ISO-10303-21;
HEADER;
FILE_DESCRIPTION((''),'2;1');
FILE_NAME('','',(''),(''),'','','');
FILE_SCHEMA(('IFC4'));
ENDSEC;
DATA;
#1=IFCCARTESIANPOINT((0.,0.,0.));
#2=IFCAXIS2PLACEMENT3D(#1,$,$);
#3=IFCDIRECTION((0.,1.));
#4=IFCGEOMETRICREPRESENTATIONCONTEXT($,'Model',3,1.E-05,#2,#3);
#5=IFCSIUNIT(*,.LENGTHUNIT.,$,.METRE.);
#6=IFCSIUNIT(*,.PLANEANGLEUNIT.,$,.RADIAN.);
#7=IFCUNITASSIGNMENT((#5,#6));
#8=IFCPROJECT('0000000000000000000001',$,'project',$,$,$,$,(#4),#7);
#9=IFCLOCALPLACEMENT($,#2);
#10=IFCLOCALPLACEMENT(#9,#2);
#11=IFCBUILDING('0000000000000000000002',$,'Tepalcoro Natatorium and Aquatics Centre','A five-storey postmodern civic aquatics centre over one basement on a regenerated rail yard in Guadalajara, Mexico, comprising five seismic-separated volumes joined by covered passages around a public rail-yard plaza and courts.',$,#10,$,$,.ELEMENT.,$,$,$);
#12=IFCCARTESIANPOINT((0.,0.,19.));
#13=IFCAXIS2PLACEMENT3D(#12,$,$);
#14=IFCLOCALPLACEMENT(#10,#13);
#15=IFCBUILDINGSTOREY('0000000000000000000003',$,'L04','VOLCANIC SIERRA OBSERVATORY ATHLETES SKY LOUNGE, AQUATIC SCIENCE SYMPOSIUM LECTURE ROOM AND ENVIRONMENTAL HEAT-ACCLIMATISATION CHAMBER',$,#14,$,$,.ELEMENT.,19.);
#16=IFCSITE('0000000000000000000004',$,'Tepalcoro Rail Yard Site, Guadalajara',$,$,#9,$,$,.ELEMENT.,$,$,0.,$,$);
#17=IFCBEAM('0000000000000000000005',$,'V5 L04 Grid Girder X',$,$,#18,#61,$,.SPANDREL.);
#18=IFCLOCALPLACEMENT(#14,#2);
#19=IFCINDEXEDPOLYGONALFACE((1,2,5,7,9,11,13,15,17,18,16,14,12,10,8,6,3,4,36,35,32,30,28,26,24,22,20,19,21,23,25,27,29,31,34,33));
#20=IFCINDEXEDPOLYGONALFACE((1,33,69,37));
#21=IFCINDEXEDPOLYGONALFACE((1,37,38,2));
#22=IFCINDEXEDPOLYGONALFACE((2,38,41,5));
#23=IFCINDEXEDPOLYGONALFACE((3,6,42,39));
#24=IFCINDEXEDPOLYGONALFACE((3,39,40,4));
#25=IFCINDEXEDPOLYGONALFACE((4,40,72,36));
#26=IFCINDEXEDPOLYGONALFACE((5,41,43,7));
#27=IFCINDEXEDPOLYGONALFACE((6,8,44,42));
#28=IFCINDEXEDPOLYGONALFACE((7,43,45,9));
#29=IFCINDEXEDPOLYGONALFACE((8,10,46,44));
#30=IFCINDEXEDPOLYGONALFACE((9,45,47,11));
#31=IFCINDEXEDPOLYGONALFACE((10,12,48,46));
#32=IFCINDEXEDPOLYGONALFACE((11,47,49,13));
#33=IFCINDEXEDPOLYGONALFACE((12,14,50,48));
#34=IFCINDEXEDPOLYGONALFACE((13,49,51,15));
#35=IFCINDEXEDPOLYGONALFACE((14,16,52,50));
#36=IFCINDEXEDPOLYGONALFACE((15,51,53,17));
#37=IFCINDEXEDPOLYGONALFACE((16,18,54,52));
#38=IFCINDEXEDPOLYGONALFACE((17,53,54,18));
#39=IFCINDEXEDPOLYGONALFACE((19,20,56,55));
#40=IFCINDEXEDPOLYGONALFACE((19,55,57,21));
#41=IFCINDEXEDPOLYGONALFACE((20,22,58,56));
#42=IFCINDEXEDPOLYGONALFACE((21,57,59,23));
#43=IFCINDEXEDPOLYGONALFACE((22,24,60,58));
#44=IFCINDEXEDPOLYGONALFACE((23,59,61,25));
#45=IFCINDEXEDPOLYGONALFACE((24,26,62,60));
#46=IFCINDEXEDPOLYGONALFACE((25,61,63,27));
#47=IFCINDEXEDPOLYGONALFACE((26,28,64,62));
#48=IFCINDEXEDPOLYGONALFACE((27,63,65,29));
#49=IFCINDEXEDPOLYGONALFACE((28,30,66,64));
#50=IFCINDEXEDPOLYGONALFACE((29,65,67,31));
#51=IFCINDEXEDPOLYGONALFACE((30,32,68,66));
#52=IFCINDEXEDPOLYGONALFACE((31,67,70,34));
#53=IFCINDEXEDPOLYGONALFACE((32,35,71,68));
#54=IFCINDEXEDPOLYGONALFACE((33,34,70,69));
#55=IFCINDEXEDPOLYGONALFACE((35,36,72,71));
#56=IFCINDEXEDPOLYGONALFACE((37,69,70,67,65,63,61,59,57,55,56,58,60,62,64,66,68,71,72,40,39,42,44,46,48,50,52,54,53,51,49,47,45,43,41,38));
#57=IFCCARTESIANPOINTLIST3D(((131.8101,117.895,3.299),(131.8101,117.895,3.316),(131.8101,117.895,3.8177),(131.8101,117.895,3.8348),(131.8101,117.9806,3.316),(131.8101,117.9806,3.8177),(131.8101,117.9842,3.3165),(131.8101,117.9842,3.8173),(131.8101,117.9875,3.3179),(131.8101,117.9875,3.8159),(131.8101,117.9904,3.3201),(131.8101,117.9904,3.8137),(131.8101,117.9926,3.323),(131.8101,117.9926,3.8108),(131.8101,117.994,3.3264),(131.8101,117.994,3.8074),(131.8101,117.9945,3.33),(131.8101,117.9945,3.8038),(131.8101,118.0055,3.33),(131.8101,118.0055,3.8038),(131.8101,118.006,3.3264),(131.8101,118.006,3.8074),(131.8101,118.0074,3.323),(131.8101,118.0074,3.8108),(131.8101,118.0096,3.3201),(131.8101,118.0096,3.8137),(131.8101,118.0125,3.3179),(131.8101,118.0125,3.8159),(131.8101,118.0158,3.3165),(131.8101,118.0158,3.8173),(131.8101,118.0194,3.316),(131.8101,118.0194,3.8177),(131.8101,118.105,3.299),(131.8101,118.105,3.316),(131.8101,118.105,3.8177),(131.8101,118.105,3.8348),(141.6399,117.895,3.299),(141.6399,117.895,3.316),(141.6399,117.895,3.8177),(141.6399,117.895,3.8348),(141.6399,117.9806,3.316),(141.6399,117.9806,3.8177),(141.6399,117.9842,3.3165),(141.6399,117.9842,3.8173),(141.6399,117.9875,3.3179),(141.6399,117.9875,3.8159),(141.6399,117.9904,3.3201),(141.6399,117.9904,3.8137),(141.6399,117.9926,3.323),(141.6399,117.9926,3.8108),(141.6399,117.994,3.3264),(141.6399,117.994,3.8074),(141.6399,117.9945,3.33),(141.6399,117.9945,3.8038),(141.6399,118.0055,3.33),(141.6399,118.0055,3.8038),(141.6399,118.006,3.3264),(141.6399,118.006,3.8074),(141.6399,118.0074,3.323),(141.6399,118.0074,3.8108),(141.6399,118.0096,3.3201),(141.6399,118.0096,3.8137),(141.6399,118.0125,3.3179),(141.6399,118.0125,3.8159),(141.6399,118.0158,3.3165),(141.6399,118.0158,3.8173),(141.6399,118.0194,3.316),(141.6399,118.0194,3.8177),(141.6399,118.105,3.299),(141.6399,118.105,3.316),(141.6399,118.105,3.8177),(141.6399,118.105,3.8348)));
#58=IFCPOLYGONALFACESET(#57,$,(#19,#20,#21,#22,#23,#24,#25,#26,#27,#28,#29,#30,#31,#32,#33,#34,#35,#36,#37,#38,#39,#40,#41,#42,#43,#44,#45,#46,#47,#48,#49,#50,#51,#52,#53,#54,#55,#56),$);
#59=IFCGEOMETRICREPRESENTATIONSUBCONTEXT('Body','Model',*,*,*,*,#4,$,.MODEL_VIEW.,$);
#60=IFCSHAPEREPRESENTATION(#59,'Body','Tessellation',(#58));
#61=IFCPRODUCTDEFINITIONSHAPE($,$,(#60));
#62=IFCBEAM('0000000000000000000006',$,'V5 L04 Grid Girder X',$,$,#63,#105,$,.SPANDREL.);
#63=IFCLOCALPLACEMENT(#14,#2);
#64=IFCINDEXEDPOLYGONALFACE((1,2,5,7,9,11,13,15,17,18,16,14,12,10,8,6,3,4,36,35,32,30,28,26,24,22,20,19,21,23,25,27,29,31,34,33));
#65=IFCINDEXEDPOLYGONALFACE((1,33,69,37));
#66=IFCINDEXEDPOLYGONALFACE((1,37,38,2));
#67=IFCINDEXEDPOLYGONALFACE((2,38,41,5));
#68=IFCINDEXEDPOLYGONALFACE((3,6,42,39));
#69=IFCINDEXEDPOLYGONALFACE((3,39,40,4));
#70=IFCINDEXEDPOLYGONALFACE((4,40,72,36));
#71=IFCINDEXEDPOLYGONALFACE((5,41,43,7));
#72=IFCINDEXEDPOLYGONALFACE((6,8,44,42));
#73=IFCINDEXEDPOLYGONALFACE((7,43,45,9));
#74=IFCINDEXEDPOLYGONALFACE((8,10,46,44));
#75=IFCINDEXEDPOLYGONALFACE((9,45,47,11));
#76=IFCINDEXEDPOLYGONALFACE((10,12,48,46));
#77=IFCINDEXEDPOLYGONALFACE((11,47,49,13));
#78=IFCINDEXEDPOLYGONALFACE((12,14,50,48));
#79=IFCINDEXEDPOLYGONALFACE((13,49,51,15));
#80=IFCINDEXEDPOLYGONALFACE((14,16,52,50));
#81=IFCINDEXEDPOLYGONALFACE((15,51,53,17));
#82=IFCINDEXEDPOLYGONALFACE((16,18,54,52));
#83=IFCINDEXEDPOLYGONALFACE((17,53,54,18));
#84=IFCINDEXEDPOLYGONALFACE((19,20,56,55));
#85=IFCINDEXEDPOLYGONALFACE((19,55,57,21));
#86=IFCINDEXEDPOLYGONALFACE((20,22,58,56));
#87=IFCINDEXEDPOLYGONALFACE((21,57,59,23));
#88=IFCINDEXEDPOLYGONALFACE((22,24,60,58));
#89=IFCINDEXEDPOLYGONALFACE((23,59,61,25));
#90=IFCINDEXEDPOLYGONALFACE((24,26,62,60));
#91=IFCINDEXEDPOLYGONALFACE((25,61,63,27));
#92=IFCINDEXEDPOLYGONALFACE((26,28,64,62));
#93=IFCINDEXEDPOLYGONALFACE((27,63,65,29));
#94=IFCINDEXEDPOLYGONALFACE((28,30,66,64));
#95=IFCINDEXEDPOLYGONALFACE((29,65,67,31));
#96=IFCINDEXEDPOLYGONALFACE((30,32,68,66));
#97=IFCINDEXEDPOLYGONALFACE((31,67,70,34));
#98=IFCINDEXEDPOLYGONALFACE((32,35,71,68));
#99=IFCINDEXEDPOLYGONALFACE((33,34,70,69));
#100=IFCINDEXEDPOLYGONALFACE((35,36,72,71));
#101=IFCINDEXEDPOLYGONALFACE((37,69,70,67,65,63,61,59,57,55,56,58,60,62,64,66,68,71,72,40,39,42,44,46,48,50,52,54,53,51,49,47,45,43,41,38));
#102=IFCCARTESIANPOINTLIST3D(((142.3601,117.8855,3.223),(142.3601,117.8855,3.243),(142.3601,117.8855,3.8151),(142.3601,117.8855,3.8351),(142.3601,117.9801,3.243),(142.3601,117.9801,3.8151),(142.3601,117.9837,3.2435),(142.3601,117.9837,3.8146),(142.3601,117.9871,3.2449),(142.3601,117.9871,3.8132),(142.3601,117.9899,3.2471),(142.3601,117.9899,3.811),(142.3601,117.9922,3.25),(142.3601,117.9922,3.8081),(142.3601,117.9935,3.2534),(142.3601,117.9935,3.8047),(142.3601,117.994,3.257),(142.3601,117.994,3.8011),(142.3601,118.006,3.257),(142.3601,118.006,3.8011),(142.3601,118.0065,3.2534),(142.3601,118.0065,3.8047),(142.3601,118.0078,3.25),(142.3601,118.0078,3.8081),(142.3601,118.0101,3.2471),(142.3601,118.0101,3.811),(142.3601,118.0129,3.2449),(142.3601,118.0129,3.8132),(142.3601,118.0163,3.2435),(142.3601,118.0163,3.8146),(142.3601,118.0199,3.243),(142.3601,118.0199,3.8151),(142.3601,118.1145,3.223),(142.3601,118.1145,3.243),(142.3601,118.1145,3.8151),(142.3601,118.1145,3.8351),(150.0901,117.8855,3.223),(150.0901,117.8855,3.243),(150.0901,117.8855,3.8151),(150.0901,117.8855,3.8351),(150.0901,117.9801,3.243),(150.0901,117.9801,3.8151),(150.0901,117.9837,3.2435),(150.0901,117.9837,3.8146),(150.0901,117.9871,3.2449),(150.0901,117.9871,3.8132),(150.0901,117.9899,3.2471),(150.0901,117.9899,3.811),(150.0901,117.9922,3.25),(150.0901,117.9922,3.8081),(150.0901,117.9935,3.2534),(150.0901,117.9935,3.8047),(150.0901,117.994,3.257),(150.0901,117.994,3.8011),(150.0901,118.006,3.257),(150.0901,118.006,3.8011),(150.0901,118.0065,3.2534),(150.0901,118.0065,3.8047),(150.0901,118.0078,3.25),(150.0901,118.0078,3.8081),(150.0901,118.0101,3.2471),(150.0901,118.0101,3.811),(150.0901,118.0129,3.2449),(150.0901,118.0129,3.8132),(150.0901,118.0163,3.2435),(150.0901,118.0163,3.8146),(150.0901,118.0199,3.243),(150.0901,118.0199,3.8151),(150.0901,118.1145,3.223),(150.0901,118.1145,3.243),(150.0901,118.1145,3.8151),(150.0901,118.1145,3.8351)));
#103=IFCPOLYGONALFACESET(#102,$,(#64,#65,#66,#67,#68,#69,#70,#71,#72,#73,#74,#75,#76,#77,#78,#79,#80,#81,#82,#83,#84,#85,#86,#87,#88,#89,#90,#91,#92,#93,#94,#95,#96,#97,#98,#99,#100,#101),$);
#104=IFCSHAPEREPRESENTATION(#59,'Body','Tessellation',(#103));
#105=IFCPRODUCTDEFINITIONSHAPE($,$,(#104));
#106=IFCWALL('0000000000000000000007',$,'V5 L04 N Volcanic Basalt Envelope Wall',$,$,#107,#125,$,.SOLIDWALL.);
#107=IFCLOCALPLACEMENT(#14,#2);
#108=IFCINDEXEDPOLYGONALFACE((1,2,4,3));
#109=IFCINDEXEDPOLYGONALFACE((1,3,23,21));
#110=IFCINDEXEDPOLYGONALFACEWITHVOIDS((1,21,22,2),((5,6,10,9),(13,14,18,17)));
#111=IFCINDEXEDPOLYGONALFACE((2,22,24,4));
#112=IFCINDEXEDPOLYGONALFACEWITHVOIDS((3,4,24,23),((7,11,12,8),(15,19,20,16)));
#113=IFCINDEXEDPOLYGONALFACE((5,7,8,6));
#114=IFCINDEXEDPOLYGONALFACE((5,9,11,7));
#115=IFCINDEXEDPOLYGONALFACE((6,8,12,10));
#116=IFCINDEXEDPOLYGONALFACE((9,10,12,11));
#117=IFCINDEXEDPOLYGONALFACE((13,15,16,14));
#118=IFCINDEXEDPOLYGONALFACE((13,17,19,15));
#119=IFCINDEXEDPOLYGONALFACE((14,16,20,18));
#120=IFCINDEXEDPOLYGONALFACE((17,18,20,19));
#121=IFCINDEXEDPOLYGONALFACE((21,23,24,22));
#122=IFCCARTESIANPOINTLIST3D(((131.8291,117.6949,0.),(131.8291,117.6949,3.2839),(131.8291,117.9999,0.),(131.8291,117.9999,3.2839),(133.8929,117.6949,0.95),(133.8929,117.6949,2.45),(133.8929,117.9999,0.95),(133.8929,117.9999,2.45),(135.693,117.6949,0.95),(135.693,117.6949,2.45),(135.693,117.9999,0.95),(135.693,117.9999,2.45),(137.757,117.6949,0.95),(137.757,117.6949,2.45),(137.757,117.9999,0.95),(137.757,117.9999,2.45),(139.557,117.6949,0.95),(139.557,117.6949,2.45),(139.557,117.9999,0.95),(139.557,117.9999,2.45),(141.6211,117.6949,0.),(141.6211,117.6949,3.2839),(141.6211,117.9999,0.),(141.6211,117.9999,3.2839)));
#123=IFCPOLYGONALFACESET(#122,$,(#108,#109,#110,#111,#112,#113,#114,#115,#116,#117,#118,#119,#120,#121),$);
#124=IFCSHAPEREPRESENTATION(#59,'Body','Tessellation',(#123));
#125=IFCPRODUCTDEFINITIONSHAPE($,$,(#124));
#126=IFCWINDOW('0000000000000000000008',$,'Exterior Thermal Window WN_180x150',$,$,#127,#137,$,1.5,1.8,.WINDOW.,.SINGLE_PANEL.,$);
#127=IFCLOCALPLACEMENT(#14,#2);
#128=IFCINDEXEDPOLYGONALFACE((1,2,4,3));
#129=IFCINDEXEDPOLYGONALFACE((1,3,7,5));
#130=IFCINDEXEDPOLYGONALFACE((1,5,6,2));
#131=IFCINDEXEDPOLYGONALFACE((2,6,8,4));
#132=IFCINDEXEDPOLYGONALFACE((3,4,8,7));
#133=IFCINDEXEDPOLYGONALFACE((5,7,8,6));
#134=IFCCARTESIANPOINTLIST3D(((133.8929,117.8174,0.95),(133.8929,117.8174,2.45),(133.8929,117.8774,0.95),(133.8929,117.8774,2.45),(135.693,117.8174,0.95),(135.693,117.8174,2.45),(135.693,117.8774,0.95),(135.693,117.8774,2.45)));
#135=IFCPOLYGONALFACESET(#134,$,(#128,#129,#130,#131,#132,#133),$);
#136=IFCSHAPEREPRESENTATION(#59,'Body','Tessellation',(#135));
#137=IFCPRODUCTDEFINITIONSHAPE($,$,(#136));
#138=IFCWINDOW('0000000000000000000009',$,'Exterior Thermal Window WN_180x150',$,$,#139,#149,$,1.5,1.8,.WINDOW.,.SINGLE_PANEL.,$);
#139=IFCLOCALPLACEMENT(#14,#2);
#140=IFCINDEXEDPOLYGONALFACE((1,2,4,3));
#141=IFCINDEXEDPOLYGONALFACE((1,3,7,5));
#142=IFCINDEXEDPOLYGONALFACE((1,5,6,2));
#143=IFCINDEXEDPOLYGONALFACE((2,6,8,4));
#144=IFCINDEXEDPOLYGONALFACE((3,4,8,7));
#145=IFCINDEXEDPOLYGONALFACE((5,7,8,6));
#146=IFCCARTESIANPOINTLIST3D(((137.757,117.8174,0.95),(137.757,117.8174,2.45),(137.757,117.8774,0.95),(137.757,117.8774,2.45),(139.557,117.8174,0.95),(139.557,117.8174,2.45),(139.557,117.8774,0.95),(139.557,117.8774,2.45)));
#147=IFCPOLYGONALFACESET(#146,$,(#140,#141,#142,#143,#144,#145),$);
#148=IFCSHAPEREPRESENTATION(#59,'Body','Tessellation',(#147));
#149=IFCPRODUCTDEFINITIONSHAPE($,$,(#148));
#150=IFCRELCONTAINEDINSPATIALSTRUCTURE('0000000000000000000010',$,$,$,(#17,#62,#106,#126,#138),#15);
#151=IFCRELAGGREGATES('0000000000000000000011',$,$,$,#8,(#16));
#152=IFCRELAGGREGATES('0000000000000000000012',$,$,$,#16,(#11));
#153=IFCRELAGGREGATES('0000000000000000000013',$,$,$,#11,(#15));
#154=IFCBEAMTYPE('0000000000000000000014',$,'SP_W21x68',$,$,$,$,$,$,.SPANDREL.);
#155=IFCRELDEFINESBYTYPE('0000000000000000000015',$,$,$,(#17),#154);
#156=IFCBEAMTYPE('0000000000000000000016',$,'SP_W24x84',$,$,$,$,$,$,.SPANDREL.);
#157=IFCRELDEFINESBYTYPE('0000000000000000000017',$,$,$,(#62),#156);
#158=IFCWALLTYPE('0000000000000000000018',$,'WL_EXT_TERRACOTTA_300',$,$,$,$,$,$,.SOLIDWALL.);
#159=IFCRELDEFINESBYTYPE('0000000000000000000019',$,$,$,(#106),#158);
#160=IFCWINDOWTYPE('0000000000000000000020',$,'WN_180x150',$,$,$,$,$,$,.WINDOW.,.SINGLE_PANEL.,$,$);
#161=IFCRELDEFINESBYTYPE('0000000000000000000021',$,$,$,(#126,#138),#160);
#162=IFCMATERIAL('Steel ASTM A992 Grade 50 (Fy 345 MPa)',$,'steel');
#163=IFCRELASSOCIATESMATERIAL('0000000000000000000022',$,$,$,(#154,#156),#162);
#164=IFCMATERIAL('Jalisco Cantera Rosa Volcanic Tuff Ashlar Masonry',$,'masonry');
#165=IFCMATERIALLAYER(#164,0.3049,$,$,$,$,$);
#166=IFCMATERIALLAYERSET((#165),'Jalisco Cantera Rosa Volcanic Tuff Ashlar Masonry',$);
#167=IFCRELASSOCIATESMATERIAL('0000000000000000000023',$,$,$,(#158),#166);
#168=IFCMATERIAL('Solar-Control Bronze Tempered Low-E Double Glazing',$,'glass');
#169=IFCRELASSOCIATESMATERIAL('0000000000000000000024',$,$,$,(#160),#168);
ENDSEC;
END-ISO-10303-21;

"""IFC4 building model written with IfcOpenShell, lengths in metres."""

from ifc_helpers import new_model, si_unit, direction, frame, frame_2d, origin, origin_2d, place, context, subcontext, project, spatial, rectangle, i_section, extrude, material, layer, layer_set, material_profile, profile_set, type_object, element, fill, save


model = new_model("IFC4")

# Units and contexts
model_context = context("Model", 3, precision=1e-05, world=origin(), true_north=direction((0.0, 1.0)))
body_context = subcontext(model_context, "Body", "Model", "MODEL_VIEW")
ifc_project = project(units=[si_unit("LENGTHUNIT", "METRE"), si_unit("PLANEANGLEUNIT", "RADIAN")], contexts=[model_context])

# Site, building, storey
site_placement = place(None, origin())
site = spatial("IfcSite", under=ifc_project, at=site_placement, Name="Tepalcoro Rail Yard Site, Guadalajara", CompositionType="ELEMENT", RefElevation=0.0)
building_placement = place(site_placement, origin())
building = spatial("IfcBuilding", under=site, at=building_placement, Name="Tepalcoro Natatorium and Aquatics Centre", Description="A five-storey postmodern civic aquatics centre over one basement on a regenerated rail yard in Guadalajara, Mexico, comprising five seismic-separated volumes joined by covered passages around a public rail-yard plaza and courts.", CompositionType="ELEMENT")
storey_placement = place(building_placement, frame((0.0, 0.0, 19.0)))
storey = spatial("IfcBuildingStorey", under=building, at=storey_placement, Name="L04", Description="VOLCANIC SIERRA OBSERVATORY ATHLETES SKY LOUNGE, AQUATIC SCIENCE SYMPOSIUM LECTURE ROOM AND ENVIRONMENTAL HEAT-ACCLIMATISATION CHAMBER", CompositionType="ELEMENT", Elevation=19.0)

# Shared definitions
ifc_material_1 = material(Name="Steel ASTM A992 Grade 50 (Fy 345 MPa)", Category="steel")

# Beams
ifc_material_profile_1 = material_profile(ifc_material_1, i_section(OverallWidth=0.21, OverallDepth=0.5359, WebThickness=0.011, FlangeThickness=0.0171, FilletRadius=0.0139, at=origin_2d()), Name="W21X68")
ifc_profile_set_1 = profile_set([ifc_material_profile_1], Name="Steel ASTM A992 Grade 50 (Fy 345 MPa)")
beam_type_1 = type_object("IfcBeamType", Name="SP_W21x68", PredefinedType="SPANDREL", material=ifc_profile_set_1)
beam_1_placement = place(storey_placement, frame((131.8101, 118.0, 3.5669), z_axis=(1.0, 0.0, 0.0), x_axis=(0.0, 1.0, 0.0)))
element("IfcBeam", 1, at=beam_1_placement, inside=storey, type_object=beam_type_1, Name="V5 L04 Grid Girder X", PredefinedType="SPANDREL", context=body_context, shape_type="SweptSolid", body=[
    extrude(i_section(OverallWidth=0.21, OverallDepth=0.5359, WebThickness=0.011, FlangeThickness=0.0171, FilletRadius=0.0139, at=origin_2d()), origin(), (0.0, 0.0, 1.0), 9.8298),
])
ifc_material_profile_2 = material_profile(ifc_material_1, i_section(OverallWidth=0.229, OverallDepth=0.6121, WebThickness=0.012, FlangeThickness=0.02, FilletRadius=0.0139, at=origin_2d()), Name="W24X84")
ifc_profile_set_2 = profile_set([ifc_material_profile_2], Name="Steel ASTM A992 Grade 50 (Fy 345 MPa)")
beam_type_2 = type_object("IfcBeamType", Name="SP_W24x84", PredefinedType="SPANDREL", material=ifc_profile_set_2)
beam_2_placement = place(storey_placement, frame((142.3601, 118.0, 3.5291), z_axis=(1.0, 0.0, 0.0), x_axis=(0.0, 1.0, 0.0)))
element("IfcBeam", 2, at=beam_2_placement, inside=storey, type_object=beam_type_2, Name="V5 L04 Grid Girder X", PredefinedType="SPANDREL", context=body_context, shape_type="SweptSolid", body=[
    extrude(i_section(OverallWidth=0.229, OverallDepth=0.6121, WebThickness=0.012, FlangeThickness=0.02, FilletRadius=0.0139, at=origin_2d()), origin(), (0.0, 0.0, 1.0), 7.73),
])

# Wall, openings, windows
ifc_material_2 = material(Name="Jalisco Cantera Rosa Volcanic Tuff Ashlar Masonry", Category="masonry")
ifc_layer_1 = layer(ifc_material_2, 0.3049)
ifc_layer_set_1 = layer_set([ifc_layer_1], Name="Jalisco Cantera Rosa Volcanic Tuff Ashlar Masonry")
wall_type_1 = type_object("IfcWallType", Name="WL_EXT_TERRACOTTA_300", PredefinedType="SOLIDWALL", material=ifc_layer_set_1)
wall_1_placement = place(storey_placement, frame((131.8291, 117.8474, 0.0), z_axis=(0.0, 0.0, 1.0), x_axis=(1.0, 0.0, 0.0)))
wall_1 = element("IfcWall", 3, at=wall_1_placement, inside=storey, type_object=wall_type_1, Name="V5 L04 N Volcanic Basalt Envelope Wall", PredefinedType="SOLIDWALL", context=body_context, shape_type="SweptSolid", body=[
    extrude(rectangle(XDim=9.792, YDim=0.3049, at=frame_2d((4.896, 0.0))), origin(), (0.0, 0.0, 1.0), 3.2839),
])
opening_1_placement = place(wall_1_placement, frame((2.064, 0.0, 0.95)))
opening_1 = element("IfcOpeningElement", 4, at=opening_1_placement, cuts=wall_1, PredefinedType="OPENING", context=body_context, shape_type="SweptSolid", body=[
    extrude(rectangle(XDim=1.8, YDim=1.5, at=frame_2d((0.8999, 0.75))), frame((0.0, 0.1646, 0.0), z_axis=(0.0, -1.0, 0.0), x_axis=(1.0, 0.0, 0.0)), (0.0, 0.0, 1.0), 0.3289),
])
opening_2_placement = place(wall_1_placement, frame((5.928, 0.0, 0.95)))
opening_2 = element("IfcOpeningElement", 5, at=opening_2_placement, cuts=wall_1, PredefinedType="OPENING", context=body_context, shape_type="SweptSolid", body=[
    extrude(rectangle(XDim=1.8, YDim=1.5, at=frame_2d((0.8999, 0.75))), frame((0.0, 0.1646, 0.0), z_axis=(0.0, -1.0, 0.0), x_axis=(1.0, 0.0, 0.0)), (0.0, 0.0, 1.0), 0.3289),
])
ifc_material_3 = material(Name="Solar-Control Bronze Tempered Low-E Double Glazing", Category="glass")
window_type = type_object("IfcWindowType", Name="WN_180x150", PartitioningType="SINGLE_PANEL", PredefinedType="WINDOW", material=ifc_material_3)
window_1_placement = place(opening_1_placement, origin())
window_1 = element("IfcWindow", 6, at=window_1_placement, inside=storey, type_object=window_type, Name="Exterior Thermal Window WN_180x150", OverallHeight=1.5, OverallWidth=1.8, PartitioningType="SINGLE_PANEL", PredefinedType="WINDOW", context=body_context, shape_type="SweptSolid", body=[
    extrude(rectangle(XDim=1.8, YDim=1.5, at=frame_2d((0.8999, 0.75))), frame((0.0, 0.03, 0.0), z_axis=(0.0, -1.0, 0.0), x_axis=(1.0, 0.0, 0.0)), (0.0, 0.0, 1.0), 0.0601),
])
fill(opening_1, window_1)
window_2_placement = place(opening_2_placement, origin())
window_2 = element("IfcWindow", 7, at=window_2_placement, inside=storey, type_object=window_type, Name="Exterior Thermal Window WN_180x150", OverallHeight=1.5, OverallWidth=1.8, PartitioningType="SINGLE_PANEL", PredefinedType="WINDOW", context=body_context, shape_type="SweptSolid", body=[
    extrude(rectangle(XDim=1.8, YDim=1.5, at=frame_2d((0.8999, 0.75))), frame((0.0, 0.03, 0.0), z_axis=(0.0, -1.0, 0.0), x_axis=(1.0, 0.0, 0.0)), (0.0, 0.0, 1.0), 0.0601),
])
fill(opening_2, window_2)

save(model, "model.ifc")
